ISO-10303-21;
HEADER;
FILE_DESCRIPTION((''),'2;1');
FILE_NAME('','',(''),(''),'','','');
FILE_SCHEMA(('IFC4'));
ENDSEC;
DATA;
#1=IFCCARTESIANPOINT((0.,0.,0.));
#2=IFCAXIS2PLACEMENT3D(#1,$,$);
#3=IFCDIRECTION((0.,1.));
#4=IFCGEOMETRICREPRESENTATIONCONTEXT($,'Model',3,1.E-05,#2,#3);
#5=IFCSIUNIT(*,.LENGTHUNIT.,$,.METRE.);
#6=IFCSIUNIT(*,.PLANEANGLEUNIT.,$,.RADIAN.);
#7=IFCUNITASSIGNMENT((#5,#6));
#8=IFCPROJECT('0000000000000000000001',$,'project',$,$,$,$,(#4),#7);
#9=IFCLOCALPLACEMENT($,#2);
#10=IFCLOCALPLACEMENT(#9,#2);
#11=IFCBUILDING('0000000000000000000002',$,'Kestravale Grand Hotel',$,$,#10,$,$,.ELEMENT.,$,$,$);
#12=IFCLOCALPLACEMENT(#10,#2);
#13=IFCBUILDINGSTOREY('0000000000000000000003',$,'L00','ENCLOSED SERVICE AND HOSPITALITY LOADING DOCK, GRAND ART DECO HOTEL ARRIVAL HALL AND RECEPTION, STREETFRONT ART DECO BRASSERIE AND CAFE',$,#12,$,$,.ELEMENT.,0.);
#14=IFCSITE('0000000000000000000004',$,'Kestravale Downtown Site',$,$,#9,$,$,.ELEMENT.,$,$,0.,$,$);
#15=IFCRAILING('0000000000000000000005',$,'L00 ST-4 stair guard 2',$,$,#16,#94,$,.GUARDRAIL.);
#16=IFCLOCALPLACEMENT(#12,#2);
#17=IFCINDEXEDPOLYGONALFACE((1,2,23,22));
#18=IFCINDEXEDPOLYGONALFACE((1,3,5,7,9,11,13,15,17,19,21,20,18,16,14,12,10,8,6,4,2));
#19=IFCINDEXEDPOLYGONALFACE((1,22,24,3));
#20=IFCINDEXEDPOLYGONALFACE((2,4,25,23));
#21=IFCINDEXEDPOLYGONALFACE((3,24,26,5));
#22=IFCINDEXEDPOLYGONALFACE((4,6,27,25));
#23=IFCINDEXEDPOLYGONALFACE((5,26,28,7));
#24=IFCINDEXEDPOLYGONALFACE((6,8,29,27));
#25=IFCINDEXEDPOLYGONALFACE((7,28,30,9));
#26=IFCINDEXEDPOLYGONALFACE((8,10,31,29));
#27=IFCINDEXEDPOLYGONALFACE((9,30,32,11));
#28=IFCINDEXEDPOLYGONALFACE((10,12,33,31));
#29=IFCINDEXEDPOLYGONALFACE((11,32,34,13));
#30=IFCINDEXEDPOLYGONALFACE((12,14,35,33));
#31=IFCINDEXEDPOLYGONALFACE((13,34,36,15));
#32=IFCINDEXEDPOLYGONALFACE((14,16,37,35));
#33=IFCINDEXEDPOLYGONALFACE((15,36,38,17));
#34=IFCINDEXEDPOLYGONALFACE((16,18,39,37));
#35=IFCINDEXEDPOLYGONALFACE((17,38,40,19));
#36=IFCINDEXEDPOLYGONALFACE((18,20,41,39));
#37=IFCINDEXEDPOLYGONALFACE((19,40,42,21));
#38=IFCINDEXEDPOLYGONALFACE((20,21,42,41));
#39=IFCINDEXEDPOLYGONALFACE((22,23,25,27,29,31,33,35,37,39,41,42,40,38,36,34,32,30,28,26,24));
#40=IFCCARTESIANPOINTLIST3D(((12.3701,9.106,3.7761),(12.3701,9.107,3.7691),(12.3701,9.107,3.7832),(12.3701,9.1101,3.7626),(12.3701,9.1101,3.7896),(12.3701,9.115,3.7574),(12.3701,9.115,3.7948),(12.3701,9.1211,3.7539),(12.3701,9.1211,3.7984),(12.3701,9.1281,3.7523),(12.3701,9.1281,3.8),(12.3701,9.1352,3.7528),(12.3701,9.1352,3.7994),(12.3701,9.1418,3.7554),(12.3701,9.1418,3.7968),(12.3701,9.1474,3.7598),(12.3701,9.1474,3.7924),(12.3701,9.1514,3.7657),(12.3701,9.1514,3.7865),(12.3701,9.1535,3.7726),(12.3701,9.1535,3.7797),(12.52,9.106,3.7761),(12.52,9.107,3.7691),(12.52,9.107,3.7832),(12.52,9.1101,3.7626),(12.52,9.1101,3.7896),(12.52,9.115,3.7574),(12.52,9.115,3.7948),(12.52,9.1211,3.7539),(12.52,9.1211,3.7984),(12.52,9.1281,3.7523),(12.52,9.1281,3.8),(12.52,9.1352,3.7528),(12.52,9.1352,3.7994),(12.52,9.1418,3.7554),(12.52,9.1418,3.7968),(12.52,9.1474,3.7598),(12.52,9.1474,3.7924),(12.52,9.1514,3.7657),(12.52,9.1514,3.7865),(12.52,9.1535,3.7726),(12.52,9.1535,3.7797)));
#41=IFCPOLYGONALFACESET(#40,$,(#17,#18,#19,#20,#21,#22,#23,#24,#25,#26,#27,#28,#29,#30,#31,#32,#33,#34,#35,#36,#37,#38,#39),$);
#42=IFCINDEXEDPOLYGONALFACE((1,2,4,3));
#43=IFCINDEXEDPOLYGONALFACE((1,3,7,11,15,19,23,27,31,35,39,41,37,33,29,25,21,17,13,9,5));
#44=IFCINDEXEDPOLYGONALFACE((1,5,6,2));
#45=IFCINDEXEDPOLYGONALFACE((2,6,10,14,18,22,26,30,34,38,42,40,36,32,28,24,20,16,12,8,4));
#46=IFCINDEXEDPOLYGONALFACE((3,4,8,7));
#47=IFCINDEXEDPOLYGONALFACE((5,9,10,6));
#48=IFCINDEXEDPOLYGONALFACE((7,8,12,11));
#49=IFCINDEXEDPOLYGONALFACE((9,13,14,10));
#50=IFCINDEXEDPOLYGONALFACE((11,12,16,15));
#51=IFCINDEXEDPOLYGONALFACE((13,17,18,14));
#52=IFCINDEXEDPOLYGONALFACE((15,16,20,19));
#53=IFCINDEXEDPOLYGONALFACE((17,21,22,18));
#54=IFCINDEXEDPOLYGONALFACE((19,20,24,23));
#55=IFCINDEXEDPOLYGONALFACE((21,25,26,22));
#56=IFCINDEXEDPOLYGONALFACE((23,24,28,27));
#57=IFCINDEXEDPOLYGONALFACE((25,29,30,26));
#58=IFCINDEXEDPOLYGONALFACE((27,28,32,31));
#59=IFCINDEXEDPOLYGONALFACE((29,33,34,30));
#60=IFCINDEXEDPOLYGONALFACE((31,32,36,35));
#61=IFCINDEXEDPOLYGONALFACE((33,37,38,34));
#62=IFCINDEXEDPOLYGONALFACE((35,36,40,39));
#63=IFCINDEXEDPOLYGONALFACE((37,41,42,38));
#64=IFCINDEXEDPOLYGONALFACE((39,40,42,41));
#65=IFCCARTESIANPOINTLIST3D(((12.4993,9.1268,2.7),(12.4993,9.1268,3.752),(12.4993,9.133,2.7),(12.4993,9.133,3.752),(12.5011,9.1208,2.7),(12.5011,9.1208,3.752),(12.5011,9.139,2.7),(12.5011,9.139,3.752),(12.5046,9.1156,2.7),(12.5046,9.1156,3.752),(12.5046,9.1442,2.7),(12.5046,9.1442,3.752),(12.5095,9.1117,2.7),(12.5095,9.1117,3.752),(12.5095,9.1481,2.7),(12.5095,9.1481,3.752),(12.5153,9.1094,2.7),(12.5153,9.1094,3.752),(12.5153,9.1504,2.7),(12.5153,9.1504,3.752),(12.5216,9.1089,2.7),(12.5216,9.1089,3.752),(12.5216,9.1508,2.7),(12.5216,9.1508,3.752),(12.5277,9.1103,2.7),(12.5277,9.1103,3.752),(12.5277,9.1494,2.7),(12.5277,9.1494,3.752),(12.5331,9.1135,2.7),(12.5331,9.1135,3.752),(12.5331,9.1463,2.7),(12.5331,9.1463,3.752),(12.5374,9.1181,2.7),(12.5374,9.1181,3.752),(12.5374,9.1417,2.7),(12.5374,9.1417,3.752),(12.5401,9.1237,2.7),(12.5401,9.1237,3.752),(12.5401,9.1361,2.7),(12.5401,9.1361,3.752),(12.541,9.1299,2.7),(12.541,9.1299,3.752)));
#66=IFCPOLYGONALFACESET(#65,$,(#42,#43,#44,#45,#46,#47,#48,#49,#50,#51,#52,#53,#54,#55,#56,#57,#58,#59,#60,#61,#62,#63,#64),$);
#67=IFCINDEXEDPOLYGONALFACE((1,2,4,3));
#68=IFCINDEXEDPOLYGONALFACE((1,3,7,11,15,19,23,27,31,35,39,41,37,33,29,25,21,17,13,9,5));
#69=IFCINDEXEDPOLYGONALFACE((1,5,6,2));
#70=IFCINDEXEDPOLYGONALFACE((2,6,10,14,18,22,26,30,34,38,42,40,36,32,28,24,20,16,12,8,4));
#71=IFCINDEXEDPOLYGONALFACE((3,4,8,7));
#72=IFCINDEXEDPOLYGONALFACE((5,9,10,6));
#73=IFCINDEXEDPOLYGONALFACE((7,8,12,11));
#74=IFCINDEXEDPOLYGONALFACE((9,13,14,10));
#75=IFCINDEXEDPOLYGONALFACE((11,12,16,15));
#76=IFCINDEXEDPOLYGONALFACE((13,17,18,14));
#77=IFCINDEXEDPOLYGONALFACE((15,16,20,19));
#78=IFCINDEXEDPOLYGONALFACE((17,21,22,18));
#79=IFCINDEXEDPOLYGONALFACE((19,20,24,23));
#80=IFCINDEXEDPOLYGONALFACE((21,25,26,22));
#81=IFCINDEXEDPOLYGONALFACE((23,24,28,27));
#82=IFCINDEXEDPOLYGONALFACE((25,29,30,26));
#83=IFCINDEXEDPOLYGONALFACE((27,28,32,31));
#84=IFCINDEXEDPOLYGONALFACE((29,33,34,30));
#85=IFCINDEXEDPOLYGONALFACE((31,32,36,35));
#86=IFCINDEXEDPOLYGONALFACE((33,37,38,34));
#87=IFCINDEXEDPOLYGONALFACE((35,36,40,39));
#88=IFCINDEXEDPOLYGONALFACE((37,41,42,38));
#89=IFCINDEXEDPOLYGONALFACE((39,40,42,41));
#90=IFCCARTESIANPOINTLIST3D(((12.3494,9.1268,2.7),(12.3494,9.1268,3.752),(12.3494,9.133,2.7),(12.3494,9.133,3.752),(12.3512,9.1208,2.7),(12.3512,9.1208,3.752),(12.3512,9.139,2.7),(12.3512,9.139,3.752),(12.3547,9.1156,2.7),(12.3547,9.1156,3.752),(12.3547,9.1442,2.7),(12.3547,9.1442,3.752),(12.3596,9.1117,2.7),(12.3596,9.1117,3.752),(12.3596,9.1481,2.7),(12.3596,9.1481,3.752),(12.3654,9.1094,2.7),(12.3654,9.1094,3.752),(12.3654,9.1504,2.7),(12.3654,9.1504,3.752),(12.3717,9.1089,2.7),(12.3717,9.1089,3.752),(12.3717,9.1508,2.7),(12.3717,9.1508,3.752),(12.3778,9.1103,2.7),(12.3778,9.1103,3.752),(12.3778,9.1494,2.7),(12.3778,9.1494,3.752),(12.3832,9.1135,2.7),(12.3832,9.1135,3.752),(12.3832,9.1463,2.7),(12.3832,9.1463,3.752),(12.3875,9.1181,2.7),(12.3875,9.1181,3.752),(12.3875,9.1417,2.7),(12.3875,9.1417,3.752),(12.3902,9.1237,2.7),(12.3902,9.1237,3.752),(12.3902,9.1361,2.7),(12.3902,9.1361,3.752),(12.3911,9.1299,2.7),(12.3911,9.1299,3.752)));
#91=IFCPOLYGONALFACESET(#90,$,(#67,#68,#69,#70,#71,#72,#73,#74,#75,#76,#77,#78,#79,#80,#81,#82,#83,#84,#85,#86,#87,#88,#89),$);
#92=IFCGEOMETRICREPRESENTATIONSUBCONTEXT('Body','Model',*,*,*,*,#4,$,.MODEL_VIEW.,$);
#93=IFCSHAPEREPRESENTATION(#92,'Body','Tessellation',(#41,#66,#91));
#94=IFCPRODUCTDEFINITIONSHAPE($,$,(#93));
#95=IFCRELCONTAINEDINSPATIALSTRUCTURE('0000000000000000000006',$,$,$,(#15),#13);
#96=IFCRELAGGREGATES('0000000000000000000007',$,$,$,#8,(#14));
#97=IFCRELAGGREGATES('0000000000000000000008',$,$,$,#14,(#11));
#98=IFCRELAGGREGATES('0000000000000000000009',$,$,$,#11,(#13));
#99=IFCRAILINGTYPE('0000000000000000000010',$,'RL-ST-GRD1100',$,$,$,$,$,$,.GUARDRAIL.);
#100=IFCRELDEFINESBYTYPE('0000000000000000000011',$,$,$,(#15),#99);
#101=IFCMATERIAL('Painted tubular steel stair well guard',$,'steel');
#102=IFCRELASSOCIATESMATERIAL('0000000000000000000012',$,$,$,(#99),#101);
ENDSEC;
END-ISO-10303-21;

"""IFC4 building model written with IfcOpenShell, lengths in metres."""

from ifc_helpers import new_model, si_unit, direction, frame, origin, origin_2d, place, context, subcontext, project, spatial, circle, extrude, material, type_object, element, save


model = new_model("IFC4")

# Units and contexts
model_context = context("Model", 3, precision=1e-05, world=origin(), true_north=direction((0.0, 1.0)))
body_context = subcontext(model_context, "Body", "Model", "MODEL_VIEW")
ifc_project = project(units=[si_unit("LENGTHUNIT", "METRE"), si_unit("PLANEANGLEUNIT", "RADIAN")], contexts=[model_context])

# Site, building, storey
site_placement = place(None, origin())
site = spatial("IfcSite", under=ifc_project, at=site_placement, Name="Kestravale Downtown Site", CompositionType="ELEMENT", RefElevation=0.0)
building_placement = place(site_placement, origin())
building = spatial("IfcBuilding", under=site, at=building_placement, Name="Kestravale Grand Hotel", CompositionType="ELEMENT")
storey_placement = place(building_placement, origin())
storey = spatial("IfcBuildingStorey", under=building, at=storey_placement, Name="L00", Description="ENCLOSED SERVICE AND HOSPITALITY LOADING DOCK, GRAND ART DECO HOTEL ARRIVAL HALL AND RECEPTION, STREETFRONT ART DECO BRASSERIE AND CAFE", CompositionType="ELEMENT", Elevation=0.0)

# Railing
ifc_material_1 = material(Name="Painted tubular steel stair well guard", Category="steel")
railing_type_1 = type_object("IfcRailingType", Name="RL-ST-GRD1100", PredefinedType="GUARDRAIL", material=ifc_material_1)
railing_1_placement = place(storey_placement, frame((12.52, 9.1299, 2.7)))
element("IfcRailing", 1, at=railing_1_placement, inside=storey, type_object=railing_type_1, Name="L00 ST-4 stair guard 2", PredefinedType="GUARDRAIL", context=body_context, shape_type="SweptSolid", body=[
    extrude(circle(Radius=0.0239, at=origin_2d()), frame((0.0, 0.0, 1.0762), z_axis=(-1.0, 0.0, 0.0), x_axis=(0.0, -1.0, 0.0)), (0.0, 0.0, 1.0), 0.1499),
    extrude(circle(Radius=0.021, at=origin_2d()), origin(), (0.0, 0.0, 1.0), 1.052),
    extrude(circle(Radius=0.021, at=origin_2d()), frame((-0.1499, 0.0, 0.0)), (0.0, 0.0, 1.0), 1.052),
])

save(model, "model.ifc")
